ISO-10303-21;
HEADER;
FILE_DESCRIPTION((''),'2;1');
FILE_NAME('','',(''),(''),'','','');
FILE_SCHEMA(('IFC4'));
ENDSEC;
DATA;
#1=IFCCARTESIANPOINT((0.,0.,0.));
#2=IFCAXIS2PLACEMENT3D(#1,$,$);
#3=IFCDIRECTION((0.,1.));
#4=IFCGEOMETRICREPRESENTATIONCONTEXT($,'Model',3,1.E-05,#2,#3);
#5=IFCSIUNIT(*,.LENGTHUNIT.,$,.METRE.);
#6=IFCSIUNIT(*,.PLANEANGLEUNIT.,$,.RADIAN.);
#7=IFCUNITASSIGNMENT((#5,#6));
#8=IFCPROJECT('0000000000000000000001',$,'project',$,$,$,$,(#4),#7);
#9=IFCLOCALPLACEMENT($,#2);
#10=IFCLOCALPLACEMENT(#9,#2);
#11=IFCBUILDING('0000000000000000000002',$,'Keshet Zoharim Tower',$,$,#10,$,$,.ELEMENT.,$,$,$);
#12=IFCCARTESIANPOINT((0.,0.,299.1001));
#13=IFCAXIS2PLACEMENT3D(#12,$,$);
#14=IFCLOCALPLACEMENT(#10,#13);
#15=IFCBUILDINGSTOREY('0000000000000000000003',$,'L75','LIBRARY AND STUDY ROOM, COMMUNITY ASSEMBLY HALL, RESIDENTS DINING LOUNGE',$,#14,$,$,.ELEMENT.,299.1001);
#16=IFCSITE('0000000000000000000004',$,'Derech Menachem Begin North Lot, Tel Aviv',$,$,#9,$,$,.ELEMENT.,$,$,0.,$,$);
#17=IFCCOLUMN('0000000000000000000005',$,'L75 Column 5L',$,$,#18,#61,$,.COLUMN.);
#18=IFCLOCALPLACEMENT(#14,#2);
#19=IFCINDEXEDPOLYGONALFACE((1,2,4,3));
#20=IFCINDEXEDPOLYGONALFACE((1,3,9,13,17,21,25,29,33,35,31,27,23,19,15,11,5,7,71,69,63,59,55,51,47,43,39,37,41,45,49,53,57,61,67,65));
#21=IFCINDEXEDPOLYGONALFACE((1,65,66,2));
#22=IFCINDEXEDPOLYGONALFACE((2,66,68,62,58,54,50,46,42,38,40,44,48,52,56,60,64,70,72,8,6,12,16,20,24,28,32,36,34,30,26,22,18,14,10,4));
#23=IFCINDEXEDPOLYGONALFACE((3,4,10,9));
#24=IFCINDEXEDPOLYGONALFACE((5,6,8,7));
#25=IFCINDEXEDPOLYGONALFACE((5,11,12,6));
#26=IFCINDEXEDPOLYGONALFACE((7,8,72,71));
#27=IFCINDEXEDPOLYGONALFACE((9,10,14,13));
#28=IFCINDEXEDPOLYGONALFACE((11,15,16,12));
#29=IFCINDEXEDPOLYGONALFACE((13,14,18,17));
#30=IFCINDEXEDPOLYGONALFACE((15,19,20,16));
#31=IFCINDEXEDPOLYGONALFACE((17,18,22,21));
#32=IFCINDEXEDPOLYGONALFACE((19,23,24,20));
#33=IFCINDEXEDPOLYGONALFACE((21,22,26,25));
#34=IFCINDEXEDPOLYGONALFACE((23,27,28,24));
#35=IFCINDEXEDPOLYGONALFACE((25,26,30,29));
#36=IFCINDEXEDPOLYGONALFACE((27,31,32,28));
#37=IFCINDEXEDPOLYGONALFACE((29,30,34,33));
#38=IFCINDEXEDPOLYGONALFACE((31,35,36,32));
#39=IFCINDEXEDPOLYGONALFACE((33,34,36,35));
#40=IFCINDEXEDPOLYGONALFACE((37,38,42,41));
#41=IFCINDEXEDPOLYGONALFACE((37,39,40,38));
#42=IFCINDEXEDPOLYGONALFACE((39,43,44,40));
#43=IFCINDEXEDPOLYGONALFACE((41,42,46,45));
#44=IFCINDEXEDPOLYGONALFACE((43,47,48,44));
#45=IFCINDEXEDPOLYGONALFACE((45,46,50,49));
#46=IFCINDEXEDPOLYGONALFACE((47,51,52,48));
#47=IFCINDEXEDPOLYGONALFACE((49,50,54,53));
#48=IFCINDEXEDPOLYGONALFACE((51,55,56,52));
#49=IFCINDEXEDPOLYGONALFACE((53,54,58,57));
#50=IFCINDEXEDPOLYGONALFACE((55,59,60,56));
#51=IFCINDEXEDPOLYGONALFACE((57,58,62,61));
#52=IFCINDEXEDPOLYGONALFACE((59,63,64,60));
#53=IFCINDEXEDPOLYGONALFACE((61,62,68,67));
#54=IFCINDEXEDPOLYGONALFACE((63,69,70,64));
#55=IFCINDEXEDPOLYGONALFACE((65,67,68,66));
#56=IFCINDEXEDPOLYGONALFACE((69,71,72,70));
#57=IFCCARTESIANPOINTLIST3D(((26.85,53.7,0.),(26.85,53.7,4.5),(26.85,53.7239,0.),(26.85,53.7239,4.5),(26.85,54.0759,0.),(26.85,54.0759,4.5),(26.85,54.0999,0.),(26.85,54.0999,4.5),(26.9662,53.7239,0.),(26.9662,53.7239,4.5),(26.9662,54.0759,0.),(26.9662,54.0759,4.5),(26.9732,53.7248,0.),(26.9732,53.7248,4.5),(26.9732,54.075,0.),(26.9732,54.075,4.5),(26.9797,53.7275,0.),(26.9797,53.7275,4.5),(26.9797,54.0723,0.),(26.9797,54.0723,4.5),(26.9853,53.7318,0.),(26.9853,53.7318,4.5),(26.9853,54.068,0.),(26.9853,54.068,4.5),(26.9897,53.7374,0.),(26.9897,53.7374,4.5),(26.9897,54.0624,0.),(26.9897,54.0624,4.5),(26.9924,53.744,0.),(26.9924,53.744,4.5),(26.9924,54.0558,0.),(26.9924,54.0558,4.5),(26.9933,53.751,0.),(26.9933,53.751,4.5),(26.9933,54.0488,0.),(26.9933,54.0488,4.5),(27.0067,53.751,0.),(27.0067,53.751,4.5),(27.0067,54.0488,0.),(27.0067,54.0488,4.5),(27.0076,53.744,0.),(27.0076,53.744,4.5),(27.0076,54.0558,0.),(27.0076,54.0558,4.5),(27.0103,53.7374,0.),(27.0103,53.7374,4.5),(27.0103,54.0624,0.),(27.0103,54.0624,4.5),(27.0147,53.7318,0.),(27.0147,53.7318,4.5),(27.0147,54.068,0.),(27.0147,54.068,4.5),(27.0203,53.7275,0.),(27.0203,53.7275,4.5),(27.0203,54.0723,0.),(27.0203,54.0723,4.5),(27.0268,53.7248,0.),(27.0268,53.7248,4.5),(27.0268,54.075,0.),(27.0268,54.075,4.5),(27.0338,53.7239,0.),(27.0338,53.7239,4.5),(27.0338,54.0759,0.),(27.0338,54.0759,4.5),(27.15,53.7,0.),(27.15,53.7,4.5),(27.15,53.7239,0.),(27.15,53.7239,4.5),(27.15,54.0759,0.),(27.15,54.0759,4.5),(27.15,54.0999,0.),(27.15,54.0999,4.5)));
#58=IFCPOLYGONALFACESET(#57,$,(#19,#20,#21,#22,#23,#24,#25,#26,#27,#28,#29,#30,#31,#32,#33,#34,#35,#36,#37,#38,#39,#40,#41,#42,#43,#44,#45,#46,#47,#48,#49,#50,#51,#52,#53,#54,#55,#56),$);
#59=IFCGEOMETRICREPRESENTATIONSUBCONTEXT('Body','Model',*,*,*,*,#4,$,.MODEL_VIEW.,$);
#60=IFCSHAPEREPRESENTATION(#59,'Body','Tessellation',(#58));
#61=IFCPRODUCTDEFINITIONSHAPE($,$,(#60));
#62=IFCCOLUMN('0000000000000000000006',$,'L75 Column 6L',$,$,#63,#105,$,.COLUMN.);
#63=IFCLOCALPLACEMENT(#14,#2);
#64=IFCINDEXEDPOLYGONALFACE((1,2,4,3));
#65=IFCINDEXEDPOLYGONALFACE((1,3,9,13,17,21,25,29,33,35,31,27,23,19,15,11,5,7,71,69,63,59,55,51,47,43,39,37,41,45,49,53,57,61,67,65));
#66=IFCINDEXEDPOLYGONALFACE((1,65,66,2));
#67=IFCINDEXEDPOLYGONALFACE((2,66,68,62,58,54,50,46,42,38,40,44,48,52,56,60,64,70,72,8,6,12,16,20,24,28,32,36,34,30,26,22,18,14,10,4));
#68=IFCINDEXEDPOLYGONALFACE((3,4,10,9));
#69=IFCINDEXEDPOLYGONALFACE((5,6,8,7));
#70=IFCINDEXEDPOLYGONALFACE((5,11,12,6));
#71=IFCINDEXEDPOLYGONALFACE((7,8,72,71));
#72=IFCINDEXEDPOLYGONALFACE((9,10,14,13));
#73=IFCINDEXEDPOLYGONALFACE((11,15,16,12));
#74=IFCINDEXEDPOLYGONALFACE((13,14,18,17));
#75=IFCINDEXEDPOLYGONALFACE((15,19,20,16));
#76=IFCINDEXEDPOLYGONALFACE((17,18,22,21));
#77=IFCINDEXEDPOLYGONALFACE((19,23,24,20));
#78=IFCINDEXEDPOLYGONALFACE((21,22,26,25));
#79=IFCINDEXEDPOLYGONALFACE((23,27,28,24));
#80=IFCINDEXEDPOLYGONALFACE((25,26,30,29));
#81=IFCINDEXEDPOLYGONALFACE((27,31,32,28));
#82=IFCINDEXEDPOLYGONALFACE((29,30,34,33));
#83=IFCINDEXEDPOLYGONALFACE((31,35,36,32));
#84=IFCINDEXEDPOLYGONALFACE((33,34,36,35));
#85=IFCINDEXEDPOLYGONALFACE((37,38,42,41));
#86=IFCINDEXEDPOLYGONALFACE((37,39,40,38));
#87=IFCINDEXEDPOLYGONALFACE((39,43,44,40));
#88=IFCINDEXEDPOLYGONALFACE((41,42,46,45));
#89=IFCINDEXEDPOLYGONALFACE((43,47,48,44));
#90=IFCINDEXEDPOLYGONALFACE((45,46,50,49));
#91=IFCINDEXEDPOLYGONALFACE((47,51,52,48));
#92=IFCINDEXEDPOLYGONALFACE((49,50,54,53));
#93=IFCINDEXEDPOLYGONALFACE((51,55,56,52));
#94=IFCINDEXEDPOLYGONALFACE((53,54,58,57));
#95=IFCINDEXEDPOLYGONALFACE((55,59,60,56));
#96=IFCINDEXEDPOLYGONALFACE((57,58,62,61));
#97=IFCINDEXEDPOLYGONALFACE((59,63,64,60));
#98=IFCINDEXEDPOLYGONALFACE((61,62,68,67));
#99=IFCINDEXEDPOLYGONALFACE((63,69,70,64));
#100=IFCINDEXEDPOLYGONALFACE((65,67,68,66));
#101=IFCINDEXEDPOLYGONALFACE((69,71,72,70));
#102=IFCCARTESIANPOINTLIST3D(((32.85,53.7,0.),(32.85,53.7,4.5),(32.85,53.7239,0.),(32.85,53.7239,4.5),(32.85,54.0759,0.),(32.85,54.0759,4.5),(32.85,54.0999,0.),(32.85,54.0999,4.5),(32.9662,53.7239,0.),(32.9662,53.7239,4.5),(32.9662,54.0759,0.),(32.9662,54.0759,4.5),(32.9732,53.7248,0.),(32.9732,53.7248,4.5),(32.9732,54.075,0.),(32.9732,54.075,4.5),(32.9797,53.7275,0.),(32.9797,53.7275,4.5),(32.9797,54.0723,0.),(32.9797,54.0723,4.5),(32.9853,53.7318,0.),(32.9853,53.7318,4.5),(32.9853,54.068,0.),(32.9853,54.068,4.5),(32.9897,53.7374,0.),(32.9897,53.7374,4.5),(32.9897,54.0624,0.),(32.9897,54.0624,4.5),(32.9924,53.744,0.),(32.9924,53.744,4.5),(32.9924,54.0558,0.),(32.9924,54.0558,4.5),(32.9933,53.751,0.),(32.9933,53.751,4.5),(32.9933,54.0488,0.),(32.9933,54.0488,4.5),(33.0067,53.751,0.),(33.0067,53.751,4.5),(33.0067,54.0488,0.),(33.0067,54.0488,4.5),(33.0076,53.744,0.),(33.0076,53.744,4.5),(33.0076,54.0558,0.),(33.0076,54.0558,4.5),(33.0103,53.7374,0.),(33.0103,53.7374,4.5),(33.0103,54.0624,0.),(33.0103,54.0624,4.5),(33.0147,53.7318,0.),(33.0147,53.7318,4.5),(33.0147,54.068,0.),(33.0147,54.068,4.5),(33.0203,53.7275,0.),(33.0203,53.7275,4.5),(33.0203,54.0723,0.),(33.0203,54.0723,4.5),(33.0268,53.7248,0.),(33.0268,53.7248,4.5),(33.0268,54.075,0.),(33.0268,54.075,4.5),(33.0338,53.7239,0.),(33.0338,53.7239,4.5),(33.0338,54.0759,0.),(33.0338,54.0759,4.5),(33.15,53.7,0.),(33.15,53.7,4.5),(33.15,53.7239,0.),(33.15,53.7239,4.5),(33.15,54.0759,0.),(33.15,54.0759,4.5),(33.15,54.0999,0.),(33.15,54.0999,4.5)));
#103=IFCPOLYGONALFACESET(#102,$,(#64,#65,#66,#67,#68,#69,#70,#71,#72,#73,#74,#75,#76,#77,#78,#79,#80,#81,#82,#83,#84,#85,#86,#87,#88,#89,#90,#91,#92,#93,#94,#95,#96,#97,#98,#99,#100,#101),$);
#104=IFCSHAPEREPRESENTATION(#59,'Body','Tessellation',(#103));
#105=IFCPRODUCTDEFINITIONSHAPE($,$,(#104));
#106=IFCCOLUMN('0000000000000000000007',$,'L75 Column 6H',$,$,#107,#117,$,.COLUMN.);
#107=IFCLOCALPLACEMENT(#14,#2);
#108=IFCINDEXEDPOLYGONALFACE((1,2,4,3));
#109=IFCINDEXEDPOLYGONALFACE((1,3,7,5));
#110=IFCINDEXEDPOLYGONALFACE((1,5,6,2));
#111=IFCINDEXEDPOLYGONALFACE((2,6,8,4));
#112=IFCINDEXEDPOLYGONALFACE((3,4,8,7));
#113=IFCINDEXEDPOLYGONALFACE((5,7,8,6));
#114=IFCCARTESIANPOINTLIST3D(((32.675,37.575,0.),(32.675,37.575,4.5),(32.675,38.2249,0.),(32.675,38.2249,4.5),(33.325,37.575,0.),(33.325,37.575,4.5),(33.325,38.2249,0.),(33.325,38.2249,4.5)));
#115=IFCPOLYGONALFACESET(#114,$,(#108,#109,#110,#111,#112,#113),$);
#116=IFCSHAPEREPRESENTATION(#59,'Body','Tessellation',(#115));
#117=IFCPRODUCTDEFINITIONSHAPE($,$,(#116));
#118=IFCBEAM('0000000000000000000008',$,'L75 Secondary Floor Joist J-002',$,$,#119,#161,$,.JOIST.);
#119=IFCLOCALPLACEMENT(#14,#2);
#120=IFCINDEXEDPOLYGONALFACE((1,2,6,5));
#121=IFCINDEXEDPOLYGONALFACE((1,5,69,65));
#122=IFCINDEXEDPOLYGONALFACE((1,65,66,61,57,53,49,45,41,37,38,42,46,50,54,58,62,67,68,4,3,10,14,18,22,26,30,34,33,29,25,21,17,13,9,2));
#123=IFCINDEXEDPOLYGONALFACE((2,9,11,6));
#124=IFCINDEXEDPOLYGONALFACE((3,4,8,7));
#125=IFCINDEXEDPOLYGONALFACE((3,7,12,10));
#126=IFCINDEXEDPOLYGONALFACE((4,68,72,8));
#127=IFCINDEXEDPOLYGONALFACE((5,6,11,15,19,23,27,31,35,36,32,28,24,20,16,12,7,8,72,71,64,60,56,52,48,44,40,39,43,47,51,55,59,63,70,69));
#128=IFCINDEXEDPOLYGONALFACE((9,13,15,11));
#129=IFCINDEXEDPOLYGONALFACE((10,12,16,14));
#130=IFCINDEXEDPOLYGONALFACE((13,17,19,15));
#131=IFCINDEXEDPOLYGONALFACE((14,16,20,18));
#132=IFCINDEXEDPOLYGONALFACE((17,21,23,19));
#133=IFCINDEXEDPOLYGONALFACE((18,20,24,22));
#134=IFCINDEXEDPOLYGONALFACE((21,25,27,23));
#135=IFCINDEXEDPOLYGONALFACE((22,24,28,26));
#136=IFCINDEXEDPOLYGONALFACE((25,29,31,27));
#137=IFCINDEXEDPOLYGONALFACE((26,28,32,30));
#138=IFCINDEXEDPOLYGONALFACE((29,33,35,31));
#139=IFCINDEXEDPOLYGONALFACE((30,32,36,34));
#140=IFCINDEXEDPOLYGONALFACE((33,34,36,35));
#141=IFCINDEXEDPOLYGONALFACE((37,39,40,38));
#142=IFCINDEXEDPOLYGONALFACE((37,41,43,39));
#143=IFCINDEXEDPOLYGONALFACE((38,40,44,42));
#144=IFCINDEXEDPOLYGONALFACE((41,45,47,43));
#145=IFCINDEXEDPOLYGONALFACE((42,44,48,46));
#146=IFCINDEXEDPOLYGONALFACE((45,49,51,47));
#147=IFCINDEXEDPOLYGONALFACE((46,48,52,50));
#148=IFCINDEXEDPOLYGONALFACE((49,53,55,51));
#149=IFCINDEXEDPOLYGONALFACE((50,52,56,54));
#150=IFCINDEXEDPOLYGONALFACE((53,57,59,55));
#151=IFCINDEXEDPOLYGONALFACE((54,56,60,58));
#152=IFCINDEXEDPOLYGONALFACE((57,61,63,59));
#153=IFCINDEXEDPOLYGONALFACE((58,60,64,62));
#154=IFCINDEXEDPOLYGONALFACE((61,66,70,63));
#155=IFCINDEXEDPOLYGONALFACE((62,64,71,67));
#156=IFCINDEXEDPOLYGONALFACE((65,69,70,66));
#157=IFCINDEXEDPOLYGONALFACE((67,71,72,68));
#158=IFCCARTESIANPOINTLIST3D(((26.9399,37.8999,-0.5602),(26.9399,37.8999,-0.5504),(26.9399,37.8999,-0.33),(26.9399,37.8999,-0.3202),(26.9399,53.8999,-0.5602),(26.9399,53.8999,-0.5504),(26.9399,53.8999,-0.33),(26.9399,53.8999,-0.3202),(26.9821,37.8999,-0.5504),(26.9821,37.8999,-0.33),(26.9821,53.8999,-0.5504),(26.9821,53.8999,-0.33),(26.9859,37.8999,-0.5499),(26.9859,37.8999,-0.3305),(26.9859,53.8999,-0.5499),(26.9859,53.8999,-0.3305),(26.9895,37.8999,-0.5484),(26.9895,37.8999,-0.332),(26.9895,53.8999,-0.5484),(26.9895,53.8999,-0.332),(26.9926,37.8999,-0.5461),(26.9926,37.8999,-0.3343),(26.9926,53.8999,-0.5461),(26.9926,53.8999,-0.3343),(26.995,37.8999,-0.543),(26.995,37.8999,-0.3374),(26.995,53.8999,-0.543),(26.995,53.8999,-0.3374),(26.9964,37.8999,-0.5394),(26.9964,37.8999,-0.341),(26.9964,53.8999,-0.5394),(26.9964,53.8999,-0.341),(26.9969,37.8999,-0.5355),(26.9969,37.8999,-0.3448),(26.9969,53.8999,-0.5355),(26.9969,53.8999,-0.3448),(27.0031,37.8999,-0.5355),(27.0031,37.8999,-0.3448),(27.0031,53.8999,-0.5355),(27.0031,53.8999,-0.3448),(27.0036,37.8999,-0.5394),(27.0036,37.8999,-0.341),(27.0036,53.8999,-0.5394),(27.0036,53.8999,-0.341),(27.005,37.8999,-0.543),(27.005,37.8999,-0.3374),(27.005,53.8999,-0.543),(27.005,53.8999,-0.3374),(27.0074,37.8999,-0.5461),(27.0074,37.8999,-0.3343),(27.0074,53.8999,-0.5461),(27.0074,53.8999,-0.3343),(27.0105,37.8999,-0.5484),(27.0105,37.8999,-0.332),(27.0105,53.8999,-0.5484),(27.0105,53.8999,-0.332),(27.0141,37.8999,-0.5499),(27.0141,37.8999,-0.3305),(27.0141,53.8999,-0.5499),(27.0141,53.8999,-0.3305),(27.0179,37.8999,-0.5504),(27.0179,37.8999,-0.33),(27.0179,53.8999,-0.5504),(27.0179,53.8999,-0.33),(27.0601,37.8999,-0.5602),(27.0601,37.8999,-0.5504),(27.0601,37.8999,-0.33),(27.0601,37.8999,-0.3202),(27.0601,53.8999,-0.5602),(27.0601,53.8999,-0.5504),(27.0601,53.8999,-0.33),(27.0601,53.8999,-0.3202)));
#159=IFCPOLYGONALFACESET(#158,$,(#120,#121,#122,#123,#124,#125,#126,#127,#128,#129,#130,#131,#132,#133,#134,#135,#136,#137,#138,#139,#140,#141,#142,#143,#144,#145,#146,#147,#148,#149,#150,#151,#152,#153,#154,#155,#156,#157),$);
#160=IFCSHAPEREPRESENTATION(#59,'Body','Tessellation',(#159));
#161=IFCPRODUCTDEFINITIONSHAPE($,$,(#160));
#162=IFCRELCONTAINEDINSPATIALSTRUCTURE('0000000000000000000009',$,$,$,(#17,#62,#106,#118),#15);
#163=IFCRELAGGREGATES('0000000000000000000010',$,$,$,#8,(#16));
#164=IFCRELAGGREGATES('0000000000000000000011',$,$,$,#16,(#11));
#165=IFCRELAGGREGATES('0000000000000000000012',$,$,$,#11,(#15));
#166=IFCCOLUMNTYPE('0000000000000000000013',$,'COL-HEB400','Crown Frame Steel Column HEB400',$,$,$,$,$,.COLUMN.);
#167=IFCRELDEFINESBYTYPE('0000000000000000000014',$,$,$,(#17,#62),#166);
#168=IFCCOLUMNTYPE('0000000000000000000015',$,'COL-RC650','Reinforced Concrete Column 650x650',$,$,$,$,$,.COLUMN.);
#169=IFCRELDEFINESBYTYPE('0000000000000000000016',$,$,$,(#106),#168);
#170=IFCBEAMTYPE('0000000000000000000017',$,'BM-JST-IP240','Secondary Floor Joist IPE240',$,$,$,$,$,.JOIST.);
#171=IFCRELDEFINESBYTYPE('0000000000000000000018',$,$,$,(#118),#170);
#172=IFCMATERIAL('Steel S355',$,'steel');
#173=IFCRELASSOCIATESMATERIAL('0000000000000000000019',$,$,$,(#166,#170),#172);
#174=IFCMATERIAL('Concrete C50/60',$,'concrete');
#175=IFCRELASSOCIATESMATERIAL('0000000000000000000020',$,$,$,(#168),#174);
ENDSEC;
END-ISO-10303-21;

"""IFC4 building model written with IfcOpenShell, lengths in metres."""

from ifc_helpers import new_model, si_unit, direction, frame, origin, origin_2d, place, context, subcontext, project, spatial, rectangle, i_section, extrude, material, material_profile, profile_set, type_object, element, save


model = new_model("IFC4")

# Units and contexts
model_context = context("Model", 3, precision=1e-05, world=origin(), true_north=direction((0.0, 1.0)))
body_context = subcontext(model_context, "Body", "Model", "MODEL_VIEW")
ifc_project = project(units=[si_unit("LENGTHUNIT", "METRE"), si_unit("PLANEANGLEUNIT", "RADIAN")], contexts=[model_context])

# Site, building, storey
site_placement = place(None, origin())
site = spatial("IfcSite", under=ifc_project, at=site_placement, Name="Derech Menachem Begin North Lot, Tel Aviv", CompositionType="ELEMENT", RefElevation=0.0)
building_placement = place(site_placement, origin())
building = spatial("IfcBuilding", under=site, at=building_placement, Name="Keshet Zoharim Tower", CompositionType="ELEMENT")
storey_placement = place(building_placement, frame((0.0, 0.0, 299.1001)))
storey = spatial("IfcBuildingStorey", under=building, at=storey_placement, Name="L75", Description="LIBRARY AND STUDY ROOM, COMMUNITY ASSEMBLY HALL, RESIDENTS DINING LOUNGE", CompositionType="ELEMENT", Elevation=299.1001)

# Columns
ifc_material_1 = material(Name="Steel S355", Category="steel")
ifc_material_profile_1 = material_profile(ifc_material_1, i_section(OverallWidth=0.3, OverallDepth=0.3999, WebThickness=0.0134, FlangeThickness=0.0239, FilletRadius=0.0271, at=origin_2d()), Name="HEB400")
ifc_profile_set_1 = profile_set([ifc_material_profile_1], Name="Steel S355")
column_type_1 = type_object("IfcColumnType", Name="COL-HEB400", Description="Crown Frame Steel Column HEB400", PredefinedType="COLUMN", material=ifc_profile_set_1)
for number, where, z_axis, x_axis, name in (
    (1, (27.0, 53.8999, 0.0), (0.0, 0.0, 1.0), (1.0, 0.0, 0.0), "L75 Column 5L"),
    (2, (33.0, 53.8999, 0.0), (0.0, 0.0, 1.0), (1.0, 0.0, 0.0), "L75 Column 6L"),
):
    element("IfcColumn", number, at=place(storey_placement, frame(where, z_axis=z_axis, x_axis=x_axis)), inside=storey, type_object=column_type_1, Name=name, PredefinedType="COLUMN", context=body_context, shape_type="SweptSolid", body=[
        extrude(i_section(OverallWidth=0.3, OverallDepth=0.3999, WebThickness=0.0134, FlangeThickness=0.0239, FilletRadius=0.0271, at=origin_2d()), origin(), (0.0, 0.0, 1.0), 4.5),
    ])
ifc_material_2 = material(Name="Concrete C50/60", Category="concrete")
ifc_material_profile_2 = material_profile(ifc_material_2, rectangle(XDim=0.6499, YDim=0.6499, at=origin_2d()), Name="RC650x650")
ifc_profile_set_2 = profile_set([ifc_material_profile_2], Name="Concrete C50/60")
column_type_2 = type_object("IfcColumnType", Name="COL-RC650", Description="Reinforced Concrete Column 650x650", PredefinedType="COLUMN", material=ifc_profile_set_2)
column_placement = place(storey_placement, frame((33.0, 37.8999, 0.0), z_axis=(0.0, 0.0, 1.0), x_axis=(1.0, 0.0, 0.0)))
element("IfcColumn", 3, at=column_placement, inside=storey, type_object=column_type_2, Name="L75 Column 6H", PredefinedType="COLUMN", context=body_context, shape_type="SweptSolid", body=[
    extrude(rectangle(XDim=0.6499, YDim=0.6499, at=origin_2d()), origin(), (0.0, 0.0, 1.0), 4.5),
])

# Beam
ifc_material_profile_3 = material_profile(ifc_material_1, i_section(OverallWidth=0.1201, OverallDepth=0.24, WebThickness=0.0061, FlangeThickness=0.0098, FilletRadius=0.0149, at=origin_2d()), Name="IPE240")
ifc_profile_set_3 = profile_set([ifc_material_profile_3], Name="Steel S355")
beam_type_1 = type_object("IfcBeamType", Name="BM-JST-IP240", Description="Secondary Floor Joist IPE240", PredefinedType="JOIST", material=ifc_profile_set_3)
beam_1_placement = place(storey_placement, frame((27.0, 37.8999, -0.4402), z_axis=(0.0, 1.0, 0.0), x_axis=(-1.0, 0.0, 0.0)))
element("IfcBeam", 4, at=beam_1_placement, inside=storey, type_object=beam_type_1, Name="L75 Secondary Floor Joist J-002", PredefinedType="JOIST", context=body_context, shape_type="SweptSolid", body=[
    extrude(i_section(OverallWidth=0.1201, OverallDepth=0.24, WebThickness=0.0061, FlangeThickness=0.0098, FilletRadius=0.0149, at=origin_2d()), origin(), (0.0, 0.0, 1.0), 16.0),
])

save(model, "model.ifc")
